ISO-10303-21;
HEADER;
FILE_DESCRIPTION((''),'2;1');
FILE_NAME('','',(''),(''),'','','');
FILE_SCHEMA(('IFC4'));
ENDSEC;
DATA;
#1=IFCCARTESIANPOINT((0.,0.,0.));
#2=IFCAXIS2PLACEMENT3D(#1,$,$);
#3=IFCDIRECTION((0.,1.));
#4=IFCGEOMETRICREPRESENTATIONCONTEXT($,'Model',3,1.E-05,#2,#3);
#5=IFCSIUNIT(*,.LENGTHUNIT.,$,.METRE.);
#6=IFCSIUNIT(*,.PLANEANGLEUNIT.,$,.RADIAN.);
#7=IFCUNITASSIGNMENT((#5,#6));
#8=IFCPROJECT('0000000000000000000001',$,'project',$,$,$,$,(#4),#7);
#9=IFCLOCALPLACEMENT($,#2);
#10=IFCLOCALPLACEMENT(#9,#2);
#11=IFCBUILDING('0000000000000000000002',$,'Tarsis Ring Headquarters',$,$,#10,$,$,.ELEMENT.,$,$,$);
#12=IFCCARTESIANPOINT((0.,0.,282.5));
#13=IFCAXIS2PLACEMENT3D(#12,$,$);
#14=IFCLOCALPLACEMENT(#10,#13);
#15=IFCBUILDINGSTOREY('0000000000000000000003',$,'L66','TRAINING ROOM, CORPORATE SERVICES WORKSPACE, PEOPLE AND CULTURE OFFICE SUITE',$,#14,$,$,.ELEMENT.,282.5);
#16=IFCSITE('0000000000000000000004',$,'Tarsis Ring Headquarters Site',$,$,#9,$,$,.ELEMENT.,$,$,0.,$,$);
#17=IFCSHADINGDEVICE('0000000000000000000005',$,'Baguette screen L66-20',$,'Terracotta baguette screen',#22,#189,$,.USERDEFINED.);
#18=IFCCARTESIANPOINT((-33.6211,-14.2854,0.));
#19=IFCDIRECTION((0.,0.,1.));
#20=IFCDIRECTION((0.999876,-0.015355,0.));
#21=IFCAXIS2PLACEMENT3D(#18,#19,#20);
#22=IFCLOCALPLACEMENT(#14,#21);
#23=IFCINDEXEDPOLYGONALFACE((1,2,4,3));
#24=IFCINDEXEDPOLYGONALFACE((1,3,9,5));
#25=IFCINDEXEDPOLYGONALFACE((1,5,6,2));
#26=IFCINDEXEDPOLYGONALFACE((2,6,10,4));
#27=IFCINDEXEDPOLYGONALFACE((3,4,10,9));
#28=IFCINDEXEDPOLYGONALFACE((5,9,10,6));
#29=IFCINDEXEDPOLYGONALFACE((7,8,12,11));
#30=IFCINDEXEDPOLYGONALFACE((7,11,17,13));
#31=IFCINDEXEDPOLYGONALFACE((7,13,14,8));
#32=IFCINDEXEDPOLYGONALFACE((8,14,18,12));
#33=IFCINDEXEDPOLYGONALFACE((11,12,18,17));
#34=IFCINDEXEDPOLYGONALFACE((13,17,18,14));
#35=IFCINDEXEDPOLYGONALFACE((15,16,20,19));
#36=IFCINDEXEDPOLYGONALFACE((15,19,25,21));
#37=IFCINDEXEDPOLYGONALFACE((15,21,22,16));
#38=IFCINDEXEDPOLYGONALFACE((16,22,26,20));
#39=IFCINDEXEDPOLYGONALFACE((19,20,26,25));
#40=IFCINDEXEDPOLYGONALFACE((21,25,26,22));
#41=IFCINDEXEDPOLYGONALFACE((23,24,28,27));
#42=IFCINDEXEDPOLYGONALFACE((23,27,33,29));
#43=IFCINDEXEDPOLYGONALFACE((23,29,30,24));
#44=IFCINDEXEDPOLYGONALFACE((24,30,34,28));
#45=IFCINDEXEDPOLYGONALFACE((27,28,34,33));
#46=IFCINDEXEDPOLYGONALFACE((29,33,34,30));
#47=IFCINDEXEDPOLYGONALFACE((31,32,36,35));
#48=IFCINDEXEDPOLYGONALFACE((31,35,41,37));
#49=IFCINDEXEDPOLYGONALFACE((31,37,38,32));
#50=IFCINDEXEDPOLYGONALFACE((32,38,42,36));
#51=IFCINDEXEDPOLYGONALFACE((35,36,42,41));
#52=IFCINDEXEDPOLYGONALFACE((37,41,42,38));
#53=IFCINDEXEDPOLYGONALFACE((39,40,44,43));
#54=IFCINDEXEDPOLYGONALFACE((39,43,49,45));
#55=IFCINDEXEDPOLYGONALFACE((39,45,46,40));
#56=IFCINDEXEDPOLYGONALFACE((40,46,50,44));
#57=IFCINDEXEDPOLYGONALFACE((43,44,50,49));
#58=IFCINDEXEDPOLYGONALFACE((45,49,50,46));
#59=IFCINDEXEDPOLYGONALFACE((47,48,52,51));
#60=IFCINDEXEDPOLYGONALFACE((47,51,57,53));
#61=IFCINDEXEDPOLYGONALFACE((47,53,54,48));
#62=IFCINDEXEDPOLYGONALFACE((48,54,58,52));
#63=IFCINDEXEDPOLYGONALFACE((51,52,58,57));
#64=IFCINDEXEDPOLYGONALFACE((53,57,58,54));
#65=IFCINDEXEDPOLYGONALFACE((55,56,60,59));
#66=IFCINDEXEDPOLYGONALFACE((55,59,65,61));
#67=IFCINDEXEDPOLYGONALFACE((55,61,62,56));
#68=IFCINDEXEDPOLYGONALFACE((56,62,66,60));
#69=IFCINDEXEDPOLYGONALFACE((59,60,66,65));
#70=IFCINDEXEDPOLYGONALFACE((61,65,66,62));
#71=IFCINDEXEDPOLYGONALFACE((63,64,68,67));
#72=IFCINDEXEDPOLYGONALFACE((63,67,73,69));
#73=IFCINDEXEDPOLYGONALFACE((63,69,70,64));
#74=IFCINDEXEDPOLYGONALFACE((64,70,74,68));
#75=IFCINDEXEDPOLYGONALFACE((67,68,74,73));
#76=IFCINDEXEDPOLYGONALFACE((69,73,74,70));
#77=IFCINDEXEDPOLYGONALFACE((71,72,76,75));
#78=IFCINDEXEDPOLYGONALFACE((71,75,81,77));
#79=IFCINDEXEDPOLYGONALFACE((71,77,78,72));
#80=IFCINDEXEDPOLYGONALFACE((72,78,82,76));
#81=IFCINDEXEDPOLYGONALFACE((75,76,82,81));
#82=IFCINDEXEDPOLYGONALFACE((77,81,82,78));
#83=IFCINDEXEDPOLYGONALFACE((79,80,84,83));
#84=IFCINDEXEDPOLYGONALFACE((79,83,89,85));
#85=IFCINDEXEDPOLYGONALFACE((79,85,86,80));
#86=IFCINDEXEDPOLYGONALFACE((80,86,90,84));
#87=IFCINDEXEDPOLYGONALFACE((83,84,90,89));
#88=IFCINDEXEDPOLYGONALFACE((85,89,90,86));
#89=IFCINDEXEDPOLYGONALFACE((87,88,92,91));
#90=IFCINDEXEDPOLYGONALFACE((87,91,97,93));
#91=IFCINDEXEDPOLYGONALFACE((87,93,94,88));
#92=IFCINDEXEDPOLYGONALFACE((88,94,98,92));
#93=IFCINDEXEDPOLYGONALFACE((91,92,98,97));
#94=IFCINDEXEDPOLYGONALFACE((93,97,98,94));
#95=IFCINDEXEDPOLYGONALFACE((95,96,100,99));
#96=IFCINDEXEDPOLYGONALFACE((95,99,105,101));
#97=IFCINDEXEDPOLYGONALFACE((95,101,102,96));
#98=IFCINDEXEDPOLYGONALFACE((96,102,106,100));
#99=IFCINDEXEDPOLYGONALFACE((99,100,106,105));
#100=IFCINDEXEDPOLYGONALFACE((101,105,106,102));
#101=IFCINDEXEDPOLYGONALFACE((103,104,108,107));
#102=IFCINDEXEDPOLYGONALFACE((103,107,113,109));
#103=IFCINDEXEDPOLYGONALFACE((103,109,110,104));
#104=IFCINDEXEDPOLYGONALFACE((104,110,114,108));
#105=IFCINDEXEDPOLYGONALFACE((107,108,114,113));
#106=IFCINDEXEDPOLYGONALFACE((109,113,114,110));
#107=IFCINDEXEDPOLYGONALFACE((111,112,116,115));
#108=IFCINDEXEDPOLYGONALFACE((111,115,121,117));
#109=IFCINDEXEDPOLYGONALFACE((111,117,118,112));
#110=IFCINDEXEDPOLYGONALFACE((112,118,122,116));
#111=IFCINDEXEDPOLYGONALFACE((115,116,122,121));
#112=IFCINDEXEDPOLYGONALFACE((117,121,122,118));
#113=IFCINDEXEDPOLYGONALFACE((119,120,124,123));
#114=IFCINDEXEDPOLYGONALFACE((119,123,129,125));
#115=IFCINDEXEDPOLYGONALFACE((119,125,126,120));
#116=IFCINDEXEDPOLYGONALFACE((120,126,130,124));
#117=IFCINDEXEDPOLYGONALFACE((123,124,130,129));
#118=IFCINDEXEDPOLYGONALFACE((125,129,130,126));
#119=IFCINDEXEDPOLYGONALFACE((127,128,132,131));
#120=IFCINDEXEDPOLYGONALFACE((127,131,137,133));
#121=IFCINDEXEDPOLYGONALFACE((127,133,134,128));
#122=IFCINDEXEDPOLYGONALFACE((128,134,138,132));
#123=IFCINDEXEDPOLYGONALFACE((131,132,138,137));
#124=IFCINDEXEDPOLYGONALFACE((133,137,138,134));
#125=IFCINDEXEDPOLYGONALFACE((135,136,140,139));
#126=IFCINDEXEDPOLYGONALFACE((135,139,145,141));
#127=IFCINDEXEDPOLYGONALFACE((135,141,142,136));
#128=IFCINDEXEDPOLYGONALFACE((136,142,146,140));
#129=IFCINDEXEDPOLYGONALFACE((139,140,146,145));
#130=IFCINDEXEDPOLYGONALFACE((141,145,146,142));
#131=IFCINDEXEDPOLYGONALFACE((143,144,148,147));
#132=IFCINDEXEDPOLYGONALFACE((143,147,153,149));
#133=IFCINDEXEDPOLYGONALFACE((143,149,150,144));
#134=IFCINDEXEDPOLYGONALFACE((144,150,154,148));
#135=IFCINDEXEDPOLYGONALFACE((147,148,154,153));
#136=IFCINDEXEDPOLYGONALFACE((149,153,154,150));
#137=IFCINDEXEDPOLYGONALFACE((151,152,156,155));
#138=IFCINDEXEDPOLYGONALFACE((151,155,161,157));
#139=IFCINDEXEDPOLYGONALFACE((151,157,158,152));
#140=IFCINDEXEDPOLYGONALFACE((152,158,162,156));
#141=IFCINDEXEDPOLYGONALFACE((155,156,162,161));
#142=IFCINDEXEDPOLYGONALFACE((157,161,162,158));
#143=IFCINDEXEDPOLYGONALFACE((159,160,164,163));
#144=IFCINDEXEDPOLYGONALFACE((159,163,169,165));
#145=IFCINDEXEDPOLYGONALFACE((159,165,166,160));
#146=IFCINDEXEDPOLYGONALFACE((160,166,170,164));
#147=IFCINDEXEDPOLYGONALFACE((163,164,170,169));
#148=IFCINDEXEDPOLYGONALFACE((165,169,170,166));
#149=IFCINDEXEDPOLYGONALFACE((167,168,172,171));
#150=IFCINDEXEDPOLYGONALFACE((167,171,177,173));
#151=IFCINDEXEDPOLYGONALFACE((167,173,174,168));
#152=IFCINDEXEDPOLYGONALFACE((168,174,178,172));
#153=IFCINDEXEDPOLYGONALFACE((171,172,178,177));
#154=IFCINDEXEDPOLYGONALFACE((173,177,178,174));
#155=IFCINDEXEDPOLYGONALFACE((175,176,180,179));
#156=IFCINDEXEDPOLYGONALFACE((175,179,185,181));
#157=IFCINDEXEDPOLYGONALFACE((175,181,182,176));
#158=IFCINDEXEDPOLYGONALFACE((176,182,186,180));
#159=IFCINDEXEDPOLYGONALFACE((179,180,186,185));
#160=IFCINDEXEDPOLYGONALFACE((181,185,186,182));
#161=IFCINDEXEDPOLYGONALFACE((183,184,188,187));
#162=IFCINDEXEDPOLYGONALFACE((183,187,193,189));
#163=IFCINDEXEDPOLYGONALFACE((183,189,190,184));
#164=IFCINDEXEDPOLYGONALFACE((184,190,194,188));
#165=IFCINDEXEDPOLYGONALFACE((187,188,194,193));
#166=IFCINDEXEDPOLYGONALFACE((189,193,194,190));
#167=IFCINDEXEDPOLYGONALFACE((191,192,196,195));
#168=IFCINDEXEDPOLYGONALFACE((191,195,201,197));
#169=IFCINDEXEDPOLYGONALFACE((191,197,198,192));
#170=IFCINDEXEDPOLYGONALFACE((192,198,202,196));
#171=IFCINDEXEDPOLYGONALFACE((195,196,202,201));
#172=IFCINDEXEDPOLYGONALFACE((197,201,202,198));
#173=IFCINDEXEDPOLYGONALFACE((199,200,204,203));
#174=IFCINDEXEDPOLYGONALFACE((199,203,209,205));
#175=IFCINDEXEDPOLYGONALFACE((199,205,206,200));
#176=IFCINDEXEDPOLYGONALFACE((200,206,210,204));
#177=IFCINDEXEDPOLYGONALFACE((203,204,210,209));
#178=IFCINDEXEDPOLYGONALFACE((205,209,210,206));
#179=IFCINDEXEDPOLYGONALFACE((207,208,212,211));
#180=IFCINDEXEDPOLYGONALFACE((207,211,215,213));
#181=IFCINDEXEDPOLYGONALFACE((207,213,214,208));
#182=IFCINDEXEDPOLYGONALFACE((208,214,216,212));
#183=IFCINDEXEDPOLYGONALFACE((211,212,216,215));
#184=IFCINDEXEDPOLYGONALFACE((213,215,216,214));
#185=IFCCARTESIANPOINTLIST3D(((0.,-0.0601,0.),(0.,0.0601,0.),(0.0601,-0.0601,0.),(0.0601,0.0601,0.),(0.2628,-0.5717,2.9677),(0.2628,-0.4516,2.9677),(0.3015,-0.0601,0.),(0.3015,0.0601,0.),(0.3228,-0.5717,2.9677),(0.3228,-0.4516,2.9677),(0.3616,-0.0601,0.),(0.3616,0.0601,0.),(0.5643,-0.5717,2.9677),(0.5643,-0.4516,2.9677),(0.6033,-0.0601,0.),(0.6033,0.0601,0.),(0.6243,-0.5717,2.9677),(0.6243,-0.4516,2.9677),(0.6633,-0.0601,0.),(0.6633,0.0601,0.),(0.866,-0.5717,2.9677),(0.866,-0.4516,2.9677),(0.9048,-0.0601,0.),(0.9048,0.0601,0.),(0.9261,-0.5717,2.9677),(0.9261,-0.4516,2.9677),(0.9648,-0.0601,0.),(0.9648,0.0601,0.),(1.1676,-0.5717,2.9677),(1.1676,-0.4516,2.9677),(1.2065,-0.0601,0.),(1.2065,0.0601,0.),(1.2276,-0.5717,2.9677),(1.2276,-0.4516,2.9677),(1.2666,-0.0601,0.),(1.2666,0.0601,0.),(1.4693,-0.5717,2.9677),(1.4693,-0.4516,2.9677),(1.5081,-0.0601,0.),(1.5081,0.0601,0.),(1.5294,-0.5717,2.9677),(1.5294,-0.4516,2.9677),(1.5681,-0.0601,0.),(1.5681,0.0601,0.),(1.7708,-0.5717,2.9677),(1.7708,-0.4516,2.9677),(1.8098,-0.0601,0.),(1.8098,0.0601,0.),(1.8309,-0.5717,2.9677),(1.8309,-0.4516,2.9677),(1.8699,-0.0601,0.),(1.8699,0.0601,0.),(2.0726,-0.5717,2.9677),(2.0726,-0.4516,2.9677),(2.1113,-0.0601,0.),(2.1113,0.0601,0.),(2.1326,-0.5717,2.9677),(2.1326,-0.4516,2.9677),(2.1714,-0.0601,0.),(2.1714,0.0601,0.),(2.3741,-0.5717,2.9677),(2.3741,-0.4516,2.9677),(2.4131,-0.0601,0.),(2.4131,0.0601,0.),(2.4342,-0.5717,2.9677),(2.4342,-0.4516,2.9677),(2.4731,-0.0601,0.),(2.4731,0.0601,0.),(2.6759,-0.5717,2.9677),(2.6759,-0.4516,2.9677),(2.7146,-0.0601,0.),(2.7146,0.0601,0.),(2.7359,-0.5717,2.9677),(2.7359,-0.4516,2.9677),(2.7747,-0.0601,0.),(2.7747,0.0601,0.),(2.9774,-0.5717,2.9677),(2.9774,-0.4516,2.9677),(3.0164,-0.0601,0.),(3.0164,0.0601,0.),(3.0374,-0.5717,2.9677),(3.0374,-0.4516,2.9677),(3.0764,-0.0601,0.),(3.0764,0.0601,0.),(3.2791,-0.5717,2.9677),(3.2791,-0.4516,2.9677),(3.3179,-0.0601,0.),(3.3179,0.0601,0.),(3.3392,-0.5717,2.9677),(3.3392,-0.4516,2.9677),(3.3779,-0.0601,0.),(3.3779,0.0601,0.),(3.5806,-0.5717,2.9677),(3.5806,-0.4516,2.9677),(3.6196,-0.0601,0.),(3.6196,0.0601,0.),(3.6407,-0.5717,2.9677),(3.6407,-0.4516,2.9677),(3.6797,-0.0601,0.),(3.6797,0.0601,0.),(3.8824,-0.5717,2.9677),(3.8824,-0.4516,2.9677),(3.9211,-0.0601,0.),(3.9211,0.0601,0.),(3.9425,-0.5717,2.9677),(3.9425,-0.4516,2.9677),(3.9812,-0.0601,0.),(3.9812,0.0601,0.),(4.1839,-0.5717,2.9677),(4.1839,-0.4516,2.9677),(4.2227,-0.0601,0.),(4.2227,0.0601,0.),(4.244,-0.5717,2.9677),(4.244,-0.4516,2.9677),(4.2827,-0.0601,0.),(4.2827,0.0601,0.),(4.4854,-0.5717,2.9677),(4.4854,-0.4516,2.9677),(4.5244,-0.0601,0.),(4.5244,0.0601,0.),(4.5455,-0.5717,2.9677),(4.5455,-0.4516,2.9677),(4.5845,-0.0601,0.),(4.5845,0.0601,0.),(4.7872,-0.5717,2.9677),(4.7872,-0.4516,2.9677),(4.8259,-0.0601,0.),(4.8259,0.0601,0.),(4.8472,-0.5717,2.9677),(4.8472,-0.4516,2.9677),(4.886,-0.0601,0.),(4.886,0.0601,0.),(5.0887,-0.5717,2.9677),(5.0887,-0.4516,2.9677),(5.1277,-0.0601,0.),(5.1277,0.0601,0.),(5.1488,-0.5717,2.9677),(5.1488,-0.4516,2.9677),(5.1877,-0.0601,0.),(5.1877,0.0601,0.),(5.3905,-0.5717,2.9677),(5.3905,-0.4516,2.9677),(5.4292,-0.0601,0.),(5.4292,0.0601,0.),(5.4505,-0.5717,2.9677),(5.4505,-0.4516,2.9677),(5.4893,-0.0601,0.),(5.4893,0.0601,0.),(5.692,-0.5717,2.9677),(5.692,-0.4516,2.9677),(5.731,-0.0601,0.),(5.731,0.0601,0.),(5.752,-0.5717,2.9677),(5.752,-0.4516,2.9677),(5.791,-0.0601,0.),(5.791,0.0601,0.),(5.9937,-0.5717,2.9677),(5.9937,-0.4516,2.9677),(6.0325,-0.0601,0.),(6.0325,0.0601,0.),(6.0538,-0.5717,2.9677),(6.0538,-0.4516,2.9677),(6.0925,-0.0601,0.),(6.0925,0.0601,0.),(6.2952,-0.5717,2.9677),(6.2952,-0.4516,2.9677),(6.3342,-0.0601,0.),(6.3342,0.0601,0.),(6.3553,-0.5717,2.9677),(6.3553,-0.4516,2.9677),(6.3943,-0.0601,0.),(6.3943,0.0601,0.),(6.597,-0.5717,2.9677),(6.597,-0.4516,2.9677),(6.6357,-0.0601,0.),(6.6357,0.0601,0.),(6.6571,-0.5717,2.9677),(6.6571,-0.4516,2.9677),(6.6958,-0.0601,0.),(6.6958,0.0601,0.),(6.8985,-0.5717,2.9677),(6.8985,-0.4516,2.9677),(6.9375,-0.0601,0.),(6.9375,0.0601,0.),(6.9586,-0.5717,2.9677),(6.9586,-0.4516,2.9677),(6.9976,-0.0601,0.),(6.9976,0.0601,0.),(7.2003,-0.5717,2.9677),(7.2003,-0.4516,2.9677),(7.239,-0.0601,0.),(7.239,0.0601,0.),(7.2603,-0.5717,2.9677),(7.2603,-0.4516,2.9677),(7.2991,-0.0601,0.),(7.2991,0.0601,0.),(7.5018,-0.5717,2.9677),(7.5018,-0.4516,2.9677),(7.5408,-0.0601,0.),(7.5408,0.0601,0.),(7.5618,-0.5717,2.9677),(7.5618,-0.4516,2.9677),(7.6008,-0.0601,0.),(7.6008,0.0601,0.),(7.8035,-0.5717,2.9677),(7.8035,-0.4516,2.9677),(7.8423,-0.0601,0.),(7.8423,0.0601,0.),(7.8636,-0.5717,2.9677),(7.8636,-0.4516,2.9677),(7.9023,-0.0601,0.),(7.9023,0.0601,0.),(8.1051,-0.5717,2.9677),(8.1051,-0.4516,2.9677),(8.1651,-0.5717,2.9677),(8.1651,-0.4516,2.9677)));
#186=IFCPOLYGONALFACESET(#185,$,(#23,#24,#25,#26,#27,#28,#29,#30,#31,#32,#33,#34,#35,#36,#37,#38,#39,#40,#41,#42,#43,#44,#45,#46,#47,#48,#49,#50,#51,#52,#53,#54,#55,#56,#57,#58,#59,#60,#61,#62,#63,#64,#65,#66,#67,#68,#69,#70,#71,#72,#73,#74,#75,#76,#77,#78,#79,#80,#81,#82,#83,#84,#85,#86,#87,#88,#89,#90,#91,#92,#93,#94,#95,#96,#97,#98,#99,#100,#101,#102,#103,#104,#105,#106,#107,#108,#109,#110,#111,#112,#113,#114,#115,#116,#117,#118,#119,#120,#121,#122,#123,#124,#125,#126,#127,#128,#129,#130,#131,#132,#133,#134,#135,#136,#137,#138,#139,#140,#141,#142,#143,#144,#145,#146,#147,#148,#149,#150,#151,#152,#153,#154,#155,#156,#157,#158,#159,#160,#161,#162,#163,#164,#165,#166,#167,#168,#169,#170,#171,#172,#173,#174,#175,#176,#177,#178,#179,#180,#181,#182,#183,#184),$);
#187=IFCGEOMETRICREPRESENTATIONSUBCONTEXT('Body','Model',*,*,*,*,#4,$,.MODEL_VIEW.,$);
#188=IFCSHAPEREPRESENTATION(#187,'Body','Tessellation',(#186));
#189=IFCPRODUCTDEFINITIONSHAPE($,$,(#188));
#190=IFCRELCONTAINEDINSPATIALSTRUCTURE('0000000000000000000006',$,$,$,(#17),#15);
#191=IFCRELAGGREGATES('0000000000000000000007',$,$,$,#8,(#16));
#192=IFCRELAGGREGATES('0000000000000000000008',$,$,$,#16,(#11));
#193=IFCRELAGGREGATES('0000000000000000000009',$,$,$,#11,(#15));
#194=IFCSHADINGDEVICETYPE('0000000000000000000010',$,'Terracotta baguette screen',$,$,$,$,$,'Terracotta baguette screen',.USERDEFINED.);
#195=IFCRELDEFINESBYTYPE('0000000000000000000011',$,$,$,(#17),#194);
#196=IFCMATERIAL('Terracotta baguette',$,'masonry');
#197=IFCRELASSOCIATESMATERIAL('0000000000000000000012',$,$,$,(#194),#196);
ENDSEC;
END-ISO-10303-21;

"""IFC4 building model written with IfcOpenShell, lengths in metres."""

from ifc_helpers import new_model, si_unit, direction, frame, frame_2d, origin, place, context, subcontext, project, spatial, rectangle, composite_profile, extrude, material, type_object, element, save


model = new_model("IFC4")

# Units and contexts
model_context = context("Model", 3, precision=1e-05, world=origin(), true_north=direction((0.0, 1.0)))
body_context = subcontext(model_context, "Body", "Model", "MODEL_VIEW")
ifc_project = project(units=[si_unit("LENGTHUNIT", "METRE"), si_unit("PLANEANGLEUNIT", "RADIAN")], contexts=[model_context])

# Site, building, storey
site_placement = place(None, origin())
site = spatial("IfcSite", under=ifc_project, at=site_placement, Name="Tarsis Ring Headquarters Site", CompositionType="ELEMENT", RefElevation=0.0)
building_placement = place(site_placement, origin())
building = spatial("IfcBuilding", under=site, at=building_placement, Name="Tarsis Ring Headquarters", CompositionType="ELEMENT")
storey_placement = place(building_placement, frame((0.0, 0.0, 282.5)))
storey = spatial("IfcBuildingStorey", under=building, at=storey_placement, Name="L66", Description="TRAINING ROOM, CORPORATE SERVICES WORKSPACE, PEOPLE AND CULTURE OFFICE SUITE", CompositionType="ELEMENT", Elevation=282.5)

# Shading device
ifc_material_1 = material(Name="Terracotta baguette", Category="masonry")
shading_device_type = type_object("IfcShadingDeviceType", Name="Terracotta baguette screen", ElementType="Terracotta baguette screen", PredefinedType="USERDEFINED", material=ifc_material_1)
shading_device_1_placement = place(storey_placement, frame((-33.6211, -14.2854, 0.0), z_axis=(0.0, 0.0, 1.0), x_axis=(0.999876, -0.015355, 0.0)))
element("IfcShadingDevice", 1, at=shading_device_1_placement, inside=storey, type_object=shading_device_type, Name="Baguette screen L66-20", ObjectType="Terracotta baguette screen", PredefinedType="USERDEFINED", context=body_context, shape_type="SweptSolid", body=[
    extrude(composite_profile([rectangle(XDim=0.0601, YDim=0.1201, at=frame_2d((0.03, 0.0))), rectangle(XDim=0.0601, YDim=0.1201, at=frame_2d((0.3315, 0.0))), rectangle(XDim=0.0601, YDim=0.1201, at=frame_2d((0.6333, 0.0))), rectangle(XDim=0.0601, YDim=0.1201, at=frame_2d((0.9348, 0.0))), rectangle(XDim=0.0601, YDim=0.1201, at=frame_2d((1.2366, 0.0))), rectangle(XDim=0.0601, YDim=0.1201, at=frame_2d((1.5381, 0.0))), rectangle(XDim=0.0601, YDim=0.1201, at=frame_2d((1.8398, 0.0))), rectangle(XDim=0.0601, YDim=0.1201, at=frame_2d((2.1414, 0.0))), rectangle(XDim=0.0601, YDim=0.1201, at=frame_2d((2.4431, 0.0))), rectangle(XDim=0.0601, YDim=0.1201, at=frame_2d((2.7446, 0.0))), rectangle(XDim=0.0601, YDim=0.1201, at=frame_2d((3.0464, 0.0))), rectangle(XDim=0.0601, YDim=0.1201, at=frame_2d((3.3479, 0.0))), rectangle(XDim=0.0601, YDim=0.1201, at=frame_2d((3.6497, 0.0))), rectangle(XDim=0.0601, YDim=0.1201, at=frame_2d((3.9512, 0.0))), rectangle(XDim=0.0601, YDim=0.1201, at=frame_2d((4.2527, 0.0))), rectangle(XDim=0.0601, YDim=0.1201, at=frame_2d((4.5544, 0.0))), rectangle(XDim=0.0601, YDim=0.1201, at=frame_2d((4.856, 0.0))), rectangle(XDim=0.0601, YDim=0.1201, at=frame_2d((5.1577, 0.0))), rectangle(XDim=0.0601, YDim=0.1201, at=frame_2d((5.4592, 0.0))), rectangle(XDim=0.0601, YDim=0.1201, at=frame_2d((5.761, 0.0))), rectangle(XDim=0.0601, YDim=0.1201, at=frame_2d((6.0625, 0.0))), rectangle(XDim=0.0601, YDim=0.1201, at=frame_2d((6.3643, 0.0))), rectangle(XDim=0.0601, YDim=0.1201, at=frame_2d((6.6658, 0.0))), rectangle(XDim=0.0601, YDim=0.1201, at=frame_2d((6.9675, 0.0))), rectangle(XDim=0.0601, YDim=0.1201, at=frame_2d((7.269, 0.0))), rectangle(XDim=0.0601, YDim=0.1201, at=frame_2d((7.5708, 0.0))), rectangle(XDim=0.0601, YDim=0.1201, at=frame_2d((7.8723, 0.0)))]), origin(), (0.086926, -0.169255, 0.981731), 3.0229),
])

save(model, "model.ifc")
